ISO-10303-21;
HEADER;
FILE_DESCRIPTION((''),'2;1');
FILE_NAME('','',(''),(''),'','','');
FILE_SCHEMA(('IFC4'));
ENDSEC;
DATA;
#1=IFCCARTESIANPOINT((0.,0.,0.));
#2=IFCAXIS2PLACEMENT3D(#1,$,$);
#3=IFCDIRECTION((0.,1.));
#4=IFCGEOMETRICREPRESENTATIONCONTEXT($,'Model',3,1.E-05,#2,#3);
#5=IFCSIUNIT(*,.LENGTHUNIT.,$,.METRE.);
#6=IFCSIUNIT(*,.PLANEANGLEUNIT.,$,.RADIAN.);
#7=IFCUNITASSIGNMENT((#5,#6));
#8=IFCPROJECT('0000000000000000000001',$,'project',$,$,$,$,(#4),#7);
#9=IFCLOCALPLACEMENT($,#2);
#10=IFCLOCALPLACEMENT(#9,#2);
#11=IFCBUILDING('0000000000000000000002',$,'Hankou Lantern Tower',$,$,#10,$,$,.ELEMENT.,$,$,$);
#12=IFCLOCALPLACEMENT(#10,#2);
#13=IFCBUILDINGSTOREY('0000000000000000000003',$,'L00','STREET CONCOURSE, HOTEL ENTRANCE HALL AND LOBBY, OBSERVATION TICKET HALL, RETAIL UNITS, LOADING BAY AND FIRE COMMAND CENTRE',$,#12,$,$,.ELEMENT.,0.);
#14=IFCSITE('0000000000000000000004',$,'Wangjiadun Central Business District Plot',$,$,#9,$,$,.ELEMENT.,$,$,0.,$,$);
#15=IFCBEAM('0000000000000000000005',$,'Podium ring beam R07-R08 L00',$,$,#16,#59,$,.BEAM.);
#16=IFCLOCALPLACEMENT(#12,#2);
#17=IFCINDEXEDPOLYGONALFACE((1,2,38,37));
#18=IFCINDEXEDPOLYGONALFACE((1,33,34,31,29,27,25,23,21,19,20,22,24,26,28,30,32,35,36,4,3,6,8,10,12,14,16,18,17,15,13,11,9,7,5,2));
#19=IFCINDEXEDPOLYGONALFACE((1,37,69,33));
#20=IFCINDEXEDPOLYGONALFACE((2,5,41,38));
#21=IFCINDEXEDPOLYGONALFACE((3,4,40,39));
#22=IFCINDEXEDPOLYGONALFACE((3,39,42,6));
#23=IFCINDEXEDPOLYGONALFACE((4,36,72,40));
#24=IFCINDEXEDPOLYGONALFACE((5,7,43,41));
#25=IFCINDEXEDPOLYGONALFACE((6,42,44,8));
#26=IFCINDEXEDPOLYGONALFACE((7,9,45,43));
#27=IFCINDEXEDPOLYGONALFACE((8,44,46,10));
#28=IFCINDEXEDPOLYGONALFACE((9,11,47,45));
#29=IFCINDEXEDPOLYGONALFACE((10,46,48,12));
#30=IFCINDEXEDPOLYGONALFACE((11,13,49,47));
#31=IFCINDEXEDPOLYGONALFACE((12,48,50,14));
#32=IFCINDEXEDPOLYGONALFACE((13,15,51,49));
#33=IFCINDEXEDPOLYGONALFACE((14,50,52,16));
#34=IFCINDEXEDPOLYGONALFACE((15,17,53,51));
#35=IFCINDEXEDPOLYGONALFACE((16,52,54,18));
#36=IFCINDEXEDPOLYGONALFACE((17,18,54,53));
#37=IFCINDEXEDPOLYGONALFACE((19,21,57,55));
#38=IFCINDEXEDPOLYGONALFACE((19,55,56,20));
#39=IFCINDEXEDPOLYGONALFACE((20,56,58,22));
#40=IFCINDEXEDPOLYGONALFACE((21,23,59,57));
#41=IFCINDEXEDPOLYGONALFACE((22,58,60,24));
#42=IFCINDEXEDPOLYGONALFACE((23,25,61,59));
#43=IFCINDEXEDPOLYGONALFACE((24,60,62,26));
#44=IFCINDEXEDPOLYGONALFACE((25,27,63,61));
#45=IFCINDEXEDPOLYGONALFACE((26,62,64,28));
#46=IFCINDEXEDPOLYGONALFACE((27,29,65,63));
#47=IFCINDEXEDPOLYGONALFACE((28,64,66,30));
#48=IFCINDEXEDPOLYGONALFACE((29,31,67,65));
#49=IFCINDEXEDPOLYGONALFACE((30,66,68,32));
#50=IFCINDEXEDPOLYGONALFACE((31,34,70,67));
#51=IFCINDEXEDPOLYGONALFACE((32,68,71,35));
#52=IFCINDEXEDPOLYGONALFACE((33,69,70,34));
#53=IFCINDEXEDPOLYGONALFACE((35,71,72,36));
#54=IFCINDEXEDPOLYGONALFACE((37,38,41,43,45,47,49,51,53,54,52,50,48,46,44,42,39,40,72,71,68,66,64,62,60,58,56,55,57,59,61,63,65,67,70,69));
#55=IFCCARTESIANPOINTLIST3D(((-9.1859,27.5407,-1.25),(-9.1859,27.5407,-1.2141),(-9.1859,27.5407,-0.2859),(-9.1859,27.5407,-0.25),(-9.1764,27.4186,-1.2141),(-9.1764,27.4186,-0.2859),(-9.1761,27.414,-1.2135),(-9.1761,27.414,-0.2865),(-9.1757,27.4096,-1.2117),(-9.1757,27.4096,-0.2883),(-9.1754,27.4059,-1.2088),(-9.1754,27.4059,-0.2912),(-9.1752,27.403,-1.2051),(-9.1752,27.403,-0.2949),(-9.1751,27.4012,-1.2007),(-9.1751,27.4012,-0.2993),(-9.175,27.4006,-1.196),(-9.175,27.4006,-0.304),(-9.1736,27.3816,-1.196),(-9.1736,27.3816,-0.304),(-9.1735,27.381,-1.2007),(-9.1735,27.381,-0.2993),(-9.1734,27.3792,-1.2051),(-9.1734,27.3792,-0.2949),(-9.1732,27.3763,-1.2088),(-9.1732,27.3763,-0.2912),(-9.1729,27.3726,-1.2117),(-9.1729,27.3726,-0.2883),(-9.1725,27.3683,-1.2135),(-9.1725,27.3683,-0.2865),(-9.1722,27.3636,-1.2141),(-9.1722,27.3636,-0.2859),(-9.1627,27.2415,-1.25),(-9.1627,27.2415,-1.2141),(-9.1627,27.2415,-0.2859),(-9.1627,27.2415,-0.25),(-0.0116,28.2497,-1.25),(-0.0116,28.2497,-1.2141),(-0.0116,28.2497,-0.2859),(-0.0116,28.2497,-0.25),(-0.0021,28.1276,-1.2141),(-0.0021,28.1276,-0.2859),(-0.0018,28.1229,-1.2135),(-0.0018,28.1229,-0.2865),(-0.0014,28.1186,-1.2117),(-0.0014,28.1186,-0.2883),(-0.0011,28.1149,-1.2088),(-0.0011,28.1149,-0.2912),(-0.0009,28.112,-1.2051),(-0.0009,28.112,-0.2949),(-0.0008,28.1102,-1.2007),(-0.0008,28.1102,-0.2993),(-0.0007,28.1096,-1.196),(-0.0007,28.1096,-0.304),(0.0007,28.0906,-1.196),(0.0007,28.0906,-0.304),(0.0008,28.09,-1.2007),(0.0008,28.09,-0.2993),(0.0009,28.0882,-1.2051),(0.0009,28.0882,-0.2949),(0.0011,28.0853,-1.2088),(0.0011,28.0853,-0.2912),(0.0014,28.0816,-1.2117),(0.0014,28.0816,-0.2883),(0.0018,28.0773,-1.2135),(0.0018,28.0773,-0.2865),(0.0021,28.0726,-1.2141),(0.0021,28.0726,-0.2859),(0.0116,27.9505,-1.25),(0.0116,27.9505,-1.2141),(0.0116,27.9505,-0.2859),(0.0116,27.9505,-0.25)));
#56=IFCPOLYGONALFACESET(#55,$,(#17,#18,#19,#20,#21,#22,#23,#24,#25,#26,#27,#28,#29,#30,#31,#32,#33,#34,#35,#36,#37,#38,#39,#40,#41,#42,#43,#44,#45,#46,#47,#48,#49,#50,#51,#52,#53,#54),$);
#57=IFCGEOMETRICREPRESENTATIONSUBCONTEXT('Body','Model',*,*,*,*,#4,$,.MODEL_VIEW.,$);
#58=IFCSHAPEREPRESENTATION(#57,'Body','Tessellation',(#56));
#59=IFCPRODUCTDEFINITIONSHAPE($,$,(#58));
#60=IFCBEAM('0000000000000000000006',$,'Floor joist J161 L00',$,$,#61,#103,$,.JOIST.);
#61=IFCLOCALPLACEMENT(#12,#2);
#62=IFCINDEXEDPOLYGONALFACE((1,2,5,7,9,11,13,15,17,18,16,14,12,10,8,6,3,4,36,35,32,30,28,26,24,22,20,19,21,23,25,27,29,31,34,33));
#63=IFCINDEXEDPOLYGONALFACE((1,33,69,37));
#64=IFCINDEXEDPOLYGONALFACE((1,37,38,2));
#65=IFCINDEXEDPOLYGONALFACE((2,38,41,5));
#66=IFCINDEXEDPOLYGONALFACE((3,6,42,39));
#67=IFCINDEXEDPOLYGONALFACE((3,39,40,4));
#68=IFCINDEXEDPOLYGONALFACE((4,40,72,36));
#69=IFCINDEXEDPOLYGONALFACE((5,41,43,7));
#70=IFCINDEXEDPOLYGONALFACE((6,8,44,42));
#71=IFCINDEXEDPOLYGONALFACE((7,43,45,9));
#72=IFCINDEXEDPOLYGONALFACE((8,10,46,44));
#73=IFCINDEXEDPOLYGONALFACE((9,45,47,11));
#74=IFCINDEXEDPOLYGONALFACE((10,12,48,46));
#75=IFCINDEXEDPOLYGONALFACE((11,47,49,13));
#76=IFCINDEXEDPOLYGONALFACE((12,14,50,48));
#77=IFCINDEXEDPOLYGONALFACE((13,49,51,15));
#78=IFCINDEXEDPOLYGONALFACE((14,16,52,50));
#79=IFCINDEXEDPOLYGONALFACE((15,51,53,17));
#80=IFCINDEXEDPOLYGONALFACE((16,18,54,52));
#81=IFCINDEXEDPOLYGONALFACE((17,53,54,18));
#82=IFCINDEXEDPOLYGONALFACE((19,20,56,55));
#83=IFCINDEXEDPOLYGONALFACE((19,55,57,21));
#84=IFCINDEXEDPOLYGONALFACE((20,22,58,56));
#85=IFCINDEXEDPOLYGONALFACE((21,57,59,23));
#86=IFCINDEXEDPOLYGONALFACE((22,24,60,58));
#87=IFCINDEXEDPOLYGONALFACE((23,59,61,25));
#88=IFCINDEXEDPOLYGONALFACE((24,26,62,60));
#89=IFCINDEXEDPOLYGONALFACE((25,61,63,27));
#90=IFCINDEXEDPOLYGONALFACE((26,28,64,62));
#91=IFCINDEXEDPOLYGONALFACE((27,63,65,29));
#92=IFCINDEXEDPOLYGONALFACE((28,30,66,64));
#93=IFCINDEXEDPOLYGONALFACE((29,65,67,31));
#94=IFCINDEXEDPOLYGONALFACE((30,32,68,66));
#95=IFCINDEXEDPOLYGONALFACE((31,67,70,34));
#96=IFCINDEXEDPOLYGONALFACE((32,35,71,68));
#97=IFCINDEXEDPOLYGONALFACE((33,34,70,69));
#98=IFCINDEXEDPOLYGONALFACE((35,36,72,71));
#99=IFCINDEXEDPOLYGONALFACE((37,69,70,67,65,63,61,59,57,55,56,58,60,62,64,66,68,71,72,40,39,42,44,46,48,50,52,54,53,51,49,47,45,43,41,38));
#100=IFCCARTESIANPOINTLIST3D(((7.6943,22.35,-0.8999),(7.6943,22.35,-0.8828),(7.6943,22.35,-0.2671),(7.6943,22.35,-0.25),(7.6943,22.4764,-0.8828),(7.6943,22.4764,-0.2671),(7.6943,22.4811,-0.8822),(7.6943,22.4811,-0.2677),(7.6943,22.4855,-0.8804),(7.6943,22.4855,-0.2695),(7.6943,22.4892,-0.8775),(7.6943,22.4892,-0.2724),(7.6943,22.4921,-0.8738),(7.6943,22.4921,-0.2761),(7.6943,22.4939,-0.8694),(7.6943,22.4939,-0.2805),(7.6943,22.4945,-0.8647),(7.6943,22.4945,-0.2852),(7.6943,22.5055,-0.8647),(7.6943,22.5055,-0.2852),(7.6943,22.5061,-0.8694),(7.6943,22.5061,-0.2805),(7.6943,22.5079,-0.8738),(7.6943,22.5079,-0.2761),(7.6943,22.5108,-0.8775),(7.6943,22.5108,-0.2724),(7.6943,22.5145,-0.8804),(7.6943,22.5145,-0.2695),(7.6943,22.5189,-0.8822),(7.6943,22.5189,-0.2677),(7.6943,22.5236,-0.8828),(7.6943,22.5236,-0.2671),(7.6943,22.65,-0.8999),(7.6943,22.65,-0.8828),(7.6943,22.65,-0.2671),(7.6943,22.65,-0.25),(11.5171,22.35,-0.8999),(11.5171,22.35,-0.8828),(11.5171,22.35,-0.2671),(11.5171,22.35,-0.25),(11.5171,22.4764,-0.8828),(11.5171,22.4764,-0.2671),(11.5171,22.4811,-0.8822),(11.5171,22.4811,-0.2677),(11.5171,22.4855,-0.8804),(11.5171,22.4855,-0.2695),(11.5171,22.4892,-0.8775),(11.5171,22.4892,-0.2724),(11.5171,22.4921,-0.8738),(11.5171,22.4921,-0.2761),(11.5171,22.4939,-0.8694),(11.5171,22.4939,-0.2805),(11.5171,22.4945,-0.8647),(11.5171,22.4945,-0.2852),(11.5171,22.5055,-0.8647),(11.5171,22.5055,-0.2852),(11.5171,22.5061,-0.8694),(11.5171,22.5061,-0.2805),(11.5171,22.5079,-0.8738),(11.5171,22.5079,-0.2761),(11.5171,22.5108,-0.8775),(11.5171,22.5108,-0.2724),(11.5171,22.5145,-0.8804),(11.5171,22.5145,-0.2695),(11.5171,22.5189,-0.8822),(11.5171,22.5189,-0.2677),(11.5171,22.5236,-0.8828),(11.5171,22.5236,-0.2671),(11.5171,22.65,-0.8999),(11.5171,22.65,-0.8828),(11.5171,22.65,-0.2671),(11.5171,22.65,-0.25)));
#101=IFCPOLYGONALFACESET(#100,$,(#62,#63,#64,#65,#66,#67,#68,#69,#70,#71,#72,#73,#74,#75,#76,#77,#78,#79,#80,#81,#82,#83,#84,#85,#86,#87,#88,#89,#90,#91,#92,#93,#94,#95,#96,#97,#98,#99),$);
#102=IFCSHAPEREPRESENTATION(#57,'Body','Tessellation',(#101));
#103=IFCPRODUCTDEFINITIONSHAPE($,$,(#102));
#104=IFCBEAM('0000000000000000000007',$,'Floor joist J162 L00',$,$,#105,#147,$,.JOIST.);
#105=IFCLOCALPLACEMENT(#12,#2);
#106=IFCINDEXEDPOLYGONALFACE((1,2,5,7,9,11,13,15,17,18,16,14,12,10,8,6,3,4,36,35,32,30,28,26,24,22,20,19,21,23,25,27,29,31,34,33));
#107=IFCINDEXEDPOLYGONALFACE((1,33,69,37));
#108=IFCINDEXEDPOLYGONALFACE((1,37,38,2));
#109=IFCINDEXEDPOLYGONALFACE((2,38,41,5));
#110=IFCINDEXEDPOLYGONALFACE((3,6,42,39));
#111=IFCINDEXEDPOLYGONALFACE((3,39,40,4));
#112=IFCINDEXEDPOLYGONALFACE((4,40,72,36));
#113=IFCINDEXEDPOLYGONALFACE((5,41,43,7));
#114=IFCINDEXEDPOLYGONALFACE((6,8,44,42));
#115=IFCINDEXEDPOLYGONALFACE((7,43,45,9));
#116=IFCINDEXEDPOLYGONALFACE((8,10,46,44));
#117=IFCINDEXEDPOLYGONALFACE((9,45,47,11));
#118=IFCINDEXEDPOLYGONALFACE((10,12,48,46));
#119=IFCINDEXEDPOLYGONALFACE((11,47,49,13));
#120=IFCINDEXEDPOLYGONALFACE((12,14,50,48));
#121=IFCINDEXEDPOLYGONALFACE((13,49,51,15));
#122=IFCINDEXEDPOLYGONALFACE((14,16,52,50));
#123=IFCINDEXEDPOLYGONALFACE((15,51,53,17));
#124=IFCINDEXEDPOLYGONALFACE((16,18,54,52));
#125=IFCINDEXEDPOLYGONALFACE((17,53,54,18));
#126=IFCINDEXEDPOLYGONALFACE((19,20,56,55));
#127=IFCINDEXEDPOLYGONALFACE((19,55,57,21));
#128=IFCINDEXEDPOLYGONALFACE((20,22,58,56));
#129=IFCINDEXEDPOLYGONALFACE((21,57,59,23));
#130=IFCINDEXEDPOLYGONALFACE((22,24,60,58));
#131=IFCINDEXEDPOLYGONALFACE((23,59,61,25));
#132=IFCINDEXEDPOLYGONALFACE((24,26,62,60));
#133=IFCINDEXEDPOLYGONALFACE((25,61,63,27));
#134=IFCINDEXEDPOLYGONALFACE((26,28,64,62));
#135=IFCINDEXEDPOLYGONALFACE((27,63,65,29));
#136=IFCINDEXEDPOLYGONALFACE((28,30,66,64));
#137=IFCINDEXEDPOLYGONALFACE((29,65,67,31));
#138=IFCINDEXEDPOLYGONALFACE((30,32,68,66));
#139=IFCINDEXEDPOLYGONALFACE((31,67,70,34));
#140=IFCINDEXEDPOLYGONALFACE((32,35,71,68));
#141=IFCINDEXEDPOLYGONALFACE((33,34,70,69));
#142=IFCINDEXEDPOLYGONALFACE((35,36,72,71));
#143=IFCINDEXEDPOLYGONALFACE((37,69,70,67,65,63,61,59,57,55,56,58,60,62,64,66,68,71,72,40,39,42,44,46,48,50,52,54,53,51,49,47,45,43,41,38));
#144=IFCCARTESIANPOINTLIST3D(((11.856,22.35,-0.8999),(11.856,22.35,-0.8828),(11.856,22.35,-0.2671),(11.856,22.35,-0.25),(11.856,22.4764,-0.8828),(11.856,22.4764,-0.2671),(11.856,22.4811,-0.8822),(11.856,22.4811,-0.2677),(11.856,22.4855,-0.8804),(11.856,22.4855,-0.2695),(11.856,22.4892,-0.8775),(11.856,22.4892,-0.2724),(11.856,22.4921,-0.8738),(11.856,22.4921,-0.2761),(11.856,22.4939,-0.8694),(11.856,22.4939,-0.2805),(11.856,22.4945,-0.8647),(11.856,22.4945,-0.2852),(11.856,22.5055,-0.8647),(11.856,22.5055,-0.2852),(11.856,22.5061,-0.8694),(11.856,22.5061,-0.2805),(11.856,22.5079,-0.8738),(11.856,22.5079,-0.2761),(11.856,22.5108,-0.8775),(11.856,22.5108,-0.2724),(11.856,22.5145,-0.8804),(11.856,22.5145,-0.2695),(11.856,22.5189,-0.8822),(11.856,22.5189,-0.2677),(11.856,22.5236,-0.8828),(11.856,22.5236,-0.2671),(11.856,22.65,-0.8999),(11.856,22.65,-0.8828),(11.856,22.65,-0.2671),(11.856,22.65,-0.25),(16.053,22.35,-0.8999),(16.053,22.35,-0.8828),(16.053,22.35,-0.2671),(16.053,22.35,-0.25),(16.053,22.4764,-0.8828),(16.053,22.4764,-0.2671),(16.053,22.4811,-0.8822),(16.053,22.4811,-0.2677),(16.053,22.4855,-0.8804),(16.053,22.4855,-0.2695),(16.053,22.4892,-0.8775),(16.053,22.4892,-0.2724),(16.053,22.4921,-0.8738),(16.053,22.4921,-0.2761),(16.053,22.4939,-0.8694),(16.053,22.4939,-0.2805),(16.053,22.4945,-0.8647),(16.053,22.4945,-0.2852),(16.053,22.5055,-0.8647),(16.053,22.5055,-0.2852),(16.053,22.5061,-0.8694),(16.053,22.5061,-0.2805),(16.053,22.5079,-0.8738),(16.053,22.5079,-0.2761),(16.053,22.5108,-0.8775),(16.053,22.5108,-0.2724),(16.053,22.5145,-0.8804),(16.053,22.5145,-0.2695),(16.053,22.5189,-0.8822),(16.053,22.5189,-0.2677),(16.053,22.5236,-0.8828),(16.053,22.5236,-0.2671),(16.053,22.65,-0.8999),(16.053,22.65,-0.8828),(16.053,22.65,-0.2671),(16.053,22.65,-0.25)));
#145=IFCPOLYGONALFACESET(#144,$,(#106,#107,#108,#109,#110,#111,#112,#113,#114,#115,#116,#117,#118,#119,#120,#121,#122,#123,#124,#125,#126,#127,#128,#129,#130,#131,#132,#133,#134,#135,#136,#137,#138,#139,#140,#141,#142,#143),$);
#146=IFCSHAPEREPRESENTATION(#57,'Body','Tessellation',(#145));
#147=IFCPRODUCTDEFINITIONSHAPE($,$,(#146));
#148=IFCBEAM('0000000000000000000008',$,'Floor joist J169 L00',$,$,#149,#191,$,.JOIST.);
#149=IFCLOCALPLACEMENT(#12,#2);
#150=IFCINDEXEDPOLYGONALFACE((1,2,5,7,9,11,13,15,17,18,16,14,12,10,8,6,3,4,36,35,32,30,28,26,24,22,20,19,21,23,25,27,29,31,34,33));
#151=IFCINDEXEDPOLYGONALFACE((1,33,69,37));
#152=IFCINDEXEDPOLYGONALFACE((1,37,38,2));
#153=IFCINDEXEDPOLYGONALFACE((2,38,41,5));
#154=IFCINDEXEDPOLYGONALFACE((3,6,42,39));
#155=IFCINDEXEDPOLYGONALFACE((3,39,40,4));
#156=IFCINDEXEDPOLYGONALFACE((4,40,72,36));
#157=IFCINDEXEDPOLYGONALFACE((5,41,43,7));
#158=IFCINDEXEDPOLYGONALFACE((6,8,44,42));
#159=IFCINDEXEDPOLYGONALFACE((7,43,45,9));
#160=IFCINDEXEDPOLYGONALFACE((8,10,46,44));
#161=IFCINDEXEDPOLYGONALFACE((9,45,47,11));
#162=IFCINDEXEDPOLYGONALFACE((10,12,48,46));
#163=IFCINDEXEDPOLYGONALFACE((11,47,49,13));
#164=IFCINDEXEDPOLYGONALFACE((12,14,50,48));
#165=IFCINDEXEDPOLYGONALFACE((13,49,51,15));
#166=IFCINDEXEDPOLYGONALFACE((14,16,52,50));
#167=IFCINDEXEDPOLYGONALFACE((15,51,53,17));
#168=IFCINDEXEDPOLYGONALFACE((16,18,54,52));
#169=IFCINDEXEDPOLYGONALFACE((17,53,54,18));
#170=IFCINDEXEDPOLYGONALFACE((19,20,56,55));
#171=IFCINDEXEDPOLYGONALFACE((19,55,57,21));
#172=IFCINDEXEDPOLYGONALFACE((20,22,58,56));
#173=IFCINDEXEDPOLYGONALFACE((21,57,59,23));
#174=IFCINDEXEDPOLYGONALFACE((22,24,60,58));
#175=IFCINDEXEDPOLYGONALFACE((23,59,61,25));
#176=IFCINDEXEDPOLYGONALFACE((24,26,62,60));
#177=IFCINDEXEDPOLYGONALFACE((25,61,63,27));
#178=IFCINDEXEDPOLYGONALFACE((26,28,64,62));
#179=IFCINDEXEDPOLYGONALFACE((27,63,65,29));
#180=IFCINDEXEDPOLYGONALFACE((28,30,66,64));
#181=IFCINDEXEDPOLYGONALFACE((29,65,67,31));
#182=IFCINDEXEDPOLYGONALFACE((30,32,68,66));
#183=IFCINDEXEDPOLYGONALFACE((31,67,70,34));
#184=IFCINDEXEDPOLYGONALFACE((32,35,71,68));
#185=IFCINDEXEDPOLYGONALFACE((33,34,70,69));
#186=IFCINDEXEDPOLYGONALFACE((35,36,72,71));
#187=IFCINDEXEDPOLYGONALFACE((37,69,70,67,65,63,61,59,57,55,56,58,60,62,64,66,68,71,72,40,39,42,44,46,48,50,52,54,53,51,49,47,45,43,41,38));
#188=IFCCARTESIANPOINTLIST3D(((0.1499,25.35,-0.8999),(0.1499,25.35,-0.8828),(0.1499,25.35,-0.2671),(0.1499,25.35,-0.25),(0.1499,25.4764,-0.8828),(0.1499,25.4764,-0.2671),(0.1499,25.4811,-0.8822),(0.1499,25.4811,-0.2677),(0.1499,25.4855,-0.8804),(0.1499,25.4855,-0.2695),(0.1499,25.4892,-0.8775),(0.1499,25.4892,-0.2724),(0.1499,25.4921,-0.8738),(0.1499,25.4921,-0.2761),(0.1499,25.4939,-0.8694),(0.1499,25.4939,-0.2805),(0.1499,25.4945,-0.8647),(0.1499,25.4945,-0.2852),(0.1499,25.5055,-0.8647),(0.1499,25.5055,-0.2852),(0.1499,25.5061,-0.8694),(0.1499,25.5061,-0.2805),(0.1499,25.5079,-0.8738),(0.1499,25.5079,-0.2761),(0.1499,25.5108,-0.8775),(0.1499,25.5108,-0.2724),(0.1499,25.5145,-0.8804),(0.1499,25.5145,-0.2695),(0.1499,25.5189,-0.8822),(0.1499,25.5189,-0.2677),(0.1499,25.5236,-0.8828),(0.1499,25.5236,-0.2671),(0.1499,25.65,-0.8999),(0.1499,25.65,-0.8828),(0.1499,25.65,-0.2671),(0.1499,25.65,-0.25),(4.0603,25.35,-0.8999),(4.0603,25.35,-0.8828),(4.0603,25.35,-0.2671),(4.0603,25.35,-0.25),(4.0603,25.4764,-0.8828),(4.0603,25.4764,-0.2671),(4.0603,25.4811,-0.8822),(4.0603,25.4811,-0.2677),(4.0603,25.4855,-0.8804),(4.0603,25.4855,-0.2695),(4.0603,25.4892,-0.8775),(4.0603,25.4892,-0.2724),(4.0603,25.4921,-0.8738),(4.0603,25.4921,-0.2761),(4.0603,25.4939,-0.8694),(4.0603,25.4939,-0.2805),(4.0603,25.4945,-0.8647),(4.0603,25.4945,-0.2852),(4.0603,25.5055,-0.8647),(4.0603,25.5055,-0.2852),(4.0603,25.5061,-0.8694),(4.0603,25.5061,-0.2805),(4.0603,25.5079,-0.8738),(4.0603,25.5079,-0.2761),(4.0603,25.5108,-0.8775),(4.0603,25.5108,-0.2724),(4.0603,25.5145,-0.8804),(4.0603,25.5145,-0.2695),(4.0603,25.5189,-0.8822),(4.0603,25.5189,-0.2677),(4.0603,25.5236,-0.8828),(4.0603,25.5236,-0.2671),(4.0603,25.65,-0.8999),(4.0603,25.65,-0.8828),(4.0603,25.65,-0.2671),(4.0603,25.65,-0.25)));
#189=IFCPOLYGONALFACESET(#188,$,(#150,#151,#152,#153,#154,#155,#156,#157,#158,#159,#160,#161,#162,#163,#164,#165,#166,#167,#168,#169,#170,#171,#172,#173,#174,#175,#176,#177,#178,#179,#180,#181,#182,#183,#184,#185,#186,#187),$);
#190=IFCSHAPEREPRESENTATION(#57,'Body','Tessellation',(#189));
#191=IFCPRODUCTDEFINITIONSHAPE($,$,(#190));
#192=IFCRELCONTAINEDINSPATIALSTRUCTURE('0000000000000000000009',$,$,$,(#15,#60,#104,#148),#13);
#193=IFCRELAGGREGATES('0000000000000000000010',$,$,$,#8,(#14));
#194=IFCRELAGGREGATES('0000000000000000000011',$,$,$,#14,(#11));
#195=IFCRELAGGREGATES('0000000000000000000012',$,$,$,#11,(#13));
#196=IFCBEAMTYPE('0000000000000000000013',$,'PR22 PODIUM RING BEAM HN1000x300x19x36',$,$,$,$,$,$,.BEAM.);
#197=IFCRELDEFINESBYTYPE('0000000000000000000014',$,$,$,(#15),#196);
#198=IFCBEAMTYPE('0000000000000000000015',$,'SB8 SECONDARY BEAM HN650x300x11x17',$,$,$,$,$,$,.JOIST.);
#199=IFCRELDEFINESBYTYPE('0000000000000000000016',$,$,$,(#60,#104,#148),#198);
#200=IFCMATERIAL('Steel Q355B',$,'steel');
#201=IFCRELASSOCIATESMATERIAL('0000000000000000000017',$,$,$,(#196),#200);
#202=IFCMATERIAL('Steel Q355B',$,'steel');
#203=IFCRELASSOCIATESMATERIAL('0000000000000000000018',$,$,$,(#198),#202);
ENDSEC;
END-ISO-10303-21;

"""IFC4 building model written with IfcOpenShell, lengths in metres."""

from ifc_helpers import new_model, si_unit, direction, frame, origin, origin_2d, place, context, subcontext, project, spatial, i_section, extrude, material, material_profile, profile_set, type_object, element, save


model = new_model("IFC4")

# Units and contexts
model_context = context("Model", 3, precision=1e-05, world=origin(), true_north=direction((0.0, 1.0)))
body_context = subcontext(model_context, "Body", "Model", "MODEL_VIEW")
ifc_project = project(units=[si_unit("LENGTHUNIT", "METRE"), si_unit("PLANEANGLEUNIT", "RADIAN")], contexts=[model_context])

# Site, building, storey
site_placement = place(None, origin())
site = spatial("IfcSite", under=ifc_project, at=site_placement, Name="Wangjiadun Central Business District Plot", CompositionType="ELEMENT", RefElevation=0.0)
building_placement = place(site_placement, origin())
building = spatial("IfcBuilding", under=site, at=building_placement, Name="Hankou Lantern Tower", CompositionType="ELEMENT")
storey_placement = place(building_placement, origin())
storey = spatial("IfcBuildingStorey", under=building, at=storey_placement, Name="L00", Description="STREET CONCOURSE, HOTEL ENTRANCE HALL AND LOBBY, OBSERVATION TICKET HALL, RETAIL UNITS, LOADING BAY AND FIRE COMMAND CENTRE", CompositionType="ELEMENT", Elevation=0.0)

# Beams
ifc_material_1 = material(Name="Steel Q355B", Category="steel")
ifc_material_profile_1 = material_profile(ifc_material_1, i_section(OverallWidth=0.3, OverallDepth=1.0, WebThickness=0.019, FlangeThickness=0.0359, FilletRadius=0.0181, at=origin_2d()), Name="HN1000x300x19x36")
ifc_profile_set_1 = profile_set([ifc_material_profile_1], Name="Steel Q355B")
beam_type_1 = type_object("IfcBeamType", Name="PR22 PODIUM RING BEAM HN1000x300x19x36", PredefinedType="BEAM", material=ifc_profile_set_1)
for number, where, z_axis, x_axis, name in (
    (1, (0.0, 28.1001, -0.75), (-0.997027, -0.07705, 0.0), (0.07705, -0.997027, 0.0), "Podium ring beam R07-R08 L00"),
):
    element("IfcBeam", number, at=place(storey_placement, frame(where, z_axis=z_axis, x_axis=x_axis)), inside=storey, type_object=beam_type_1, Name=name, PredefinedType="BEAM", context=body_context, shape_type="SweptSolid", body=[
        extrude(i_section(OverallWidth=0.3, OverallDepth=1.0, WebThickness=0.019, FlangeThickness=0.0359, FilletRadius=0.0181, at=origin_2d()), origin(), (0.0, 0.0, 1.0), 9.2017),
    ])
ifc_material_2 = material(Name="Steel Q355B", Category="steel")
ifc_material_profile_2 = material_profile(ifc_material_2, i_section(OverallWidth=0.3, OverallDepth=0.6499, WebThickness=0.011, FlangeThickness=0.0171, FilletRadius=0.0181, at=origin_2d()), Name="HN650x300x11x17")
ifc_profile_set_2 = profile_set([ifc_material_profile_2], Name="Steel Q355B")
beam_type_2 = type_object("IfcBeamType", Name="SB8 SECONDARY BEAM HN650x300x11x17", PredefinedType="JOIST", material=ifc_profile_set_2)
beam_1_placement = place(storey_placement, frame((7.6943, 22.5, -0.575), z_axis=(1.0, 0.0, 0.0), x_axis=(0.0, 1.0, 0.0)))
element("IfcBeam", 2, at=beam_1_placement, inside=storey, type_object=beam_type_2, Name="Floor joist J161 L00", PredefinedType="JOIST", context=body_context, shape_type="SweptSolid", body=[
    extrude(i_section(OverallWidth=0.3, OverallDepth=0.6499, WebThickness=0.011, FlangeThickness=0.0171, FilletRadius=0.0181, at=origin_2d()), origin(), (0.0, 0.0, 1.0), 3.8228),
])
beam_2_placement = place(storey_placement, frame((11.856, 22.5, -0.575), z_axis=(1.0, 0.0, 0.0), x_axis=(0.0, 1.0, 0.0)))
element("IfcBeam", 3, at=beam_2_placement, inside=storey, type_object=beam_type_2, Name="Floor joist J162 L00", PredefinedType="JOIST", context=body_context, shape_type="SweptSolid", body=[
    extrude(i_section(OverallWidth=0.3, OverallDepth=0.6499, WebThickness=0.011, FlangeThickness=0.0171, FilletRadius=0.0181, at=origin_2d()), origin(), (0.0, 0.0, 1.0), 4.197),
])
beam_3_placement = place(storey_placement, frame((0.1499, 25.5, -0.575), z_axis=(1.0, 0.0, 0.0), x_axis=(0.0, 1.0, 0.0)))
element("IfcBeam", 4, at=beam_3_placement, inside=storey, type_object=beam_type_2, Name="Floor joist J169 L00", PredefinedType="JOIST", context=body_context, shape_type="SweptSolid", body=[
    extrude(i_section(OverallWidth=0.3, OverallDepth=0.6499, WebThickness=0.011, FlangeThickness=0.0171, FilletRadius=0.0181, at=origin_2d()), origin(), (0.0, 0.0, 1.0), 3.9104),
])

save(model, "model.ifc")
